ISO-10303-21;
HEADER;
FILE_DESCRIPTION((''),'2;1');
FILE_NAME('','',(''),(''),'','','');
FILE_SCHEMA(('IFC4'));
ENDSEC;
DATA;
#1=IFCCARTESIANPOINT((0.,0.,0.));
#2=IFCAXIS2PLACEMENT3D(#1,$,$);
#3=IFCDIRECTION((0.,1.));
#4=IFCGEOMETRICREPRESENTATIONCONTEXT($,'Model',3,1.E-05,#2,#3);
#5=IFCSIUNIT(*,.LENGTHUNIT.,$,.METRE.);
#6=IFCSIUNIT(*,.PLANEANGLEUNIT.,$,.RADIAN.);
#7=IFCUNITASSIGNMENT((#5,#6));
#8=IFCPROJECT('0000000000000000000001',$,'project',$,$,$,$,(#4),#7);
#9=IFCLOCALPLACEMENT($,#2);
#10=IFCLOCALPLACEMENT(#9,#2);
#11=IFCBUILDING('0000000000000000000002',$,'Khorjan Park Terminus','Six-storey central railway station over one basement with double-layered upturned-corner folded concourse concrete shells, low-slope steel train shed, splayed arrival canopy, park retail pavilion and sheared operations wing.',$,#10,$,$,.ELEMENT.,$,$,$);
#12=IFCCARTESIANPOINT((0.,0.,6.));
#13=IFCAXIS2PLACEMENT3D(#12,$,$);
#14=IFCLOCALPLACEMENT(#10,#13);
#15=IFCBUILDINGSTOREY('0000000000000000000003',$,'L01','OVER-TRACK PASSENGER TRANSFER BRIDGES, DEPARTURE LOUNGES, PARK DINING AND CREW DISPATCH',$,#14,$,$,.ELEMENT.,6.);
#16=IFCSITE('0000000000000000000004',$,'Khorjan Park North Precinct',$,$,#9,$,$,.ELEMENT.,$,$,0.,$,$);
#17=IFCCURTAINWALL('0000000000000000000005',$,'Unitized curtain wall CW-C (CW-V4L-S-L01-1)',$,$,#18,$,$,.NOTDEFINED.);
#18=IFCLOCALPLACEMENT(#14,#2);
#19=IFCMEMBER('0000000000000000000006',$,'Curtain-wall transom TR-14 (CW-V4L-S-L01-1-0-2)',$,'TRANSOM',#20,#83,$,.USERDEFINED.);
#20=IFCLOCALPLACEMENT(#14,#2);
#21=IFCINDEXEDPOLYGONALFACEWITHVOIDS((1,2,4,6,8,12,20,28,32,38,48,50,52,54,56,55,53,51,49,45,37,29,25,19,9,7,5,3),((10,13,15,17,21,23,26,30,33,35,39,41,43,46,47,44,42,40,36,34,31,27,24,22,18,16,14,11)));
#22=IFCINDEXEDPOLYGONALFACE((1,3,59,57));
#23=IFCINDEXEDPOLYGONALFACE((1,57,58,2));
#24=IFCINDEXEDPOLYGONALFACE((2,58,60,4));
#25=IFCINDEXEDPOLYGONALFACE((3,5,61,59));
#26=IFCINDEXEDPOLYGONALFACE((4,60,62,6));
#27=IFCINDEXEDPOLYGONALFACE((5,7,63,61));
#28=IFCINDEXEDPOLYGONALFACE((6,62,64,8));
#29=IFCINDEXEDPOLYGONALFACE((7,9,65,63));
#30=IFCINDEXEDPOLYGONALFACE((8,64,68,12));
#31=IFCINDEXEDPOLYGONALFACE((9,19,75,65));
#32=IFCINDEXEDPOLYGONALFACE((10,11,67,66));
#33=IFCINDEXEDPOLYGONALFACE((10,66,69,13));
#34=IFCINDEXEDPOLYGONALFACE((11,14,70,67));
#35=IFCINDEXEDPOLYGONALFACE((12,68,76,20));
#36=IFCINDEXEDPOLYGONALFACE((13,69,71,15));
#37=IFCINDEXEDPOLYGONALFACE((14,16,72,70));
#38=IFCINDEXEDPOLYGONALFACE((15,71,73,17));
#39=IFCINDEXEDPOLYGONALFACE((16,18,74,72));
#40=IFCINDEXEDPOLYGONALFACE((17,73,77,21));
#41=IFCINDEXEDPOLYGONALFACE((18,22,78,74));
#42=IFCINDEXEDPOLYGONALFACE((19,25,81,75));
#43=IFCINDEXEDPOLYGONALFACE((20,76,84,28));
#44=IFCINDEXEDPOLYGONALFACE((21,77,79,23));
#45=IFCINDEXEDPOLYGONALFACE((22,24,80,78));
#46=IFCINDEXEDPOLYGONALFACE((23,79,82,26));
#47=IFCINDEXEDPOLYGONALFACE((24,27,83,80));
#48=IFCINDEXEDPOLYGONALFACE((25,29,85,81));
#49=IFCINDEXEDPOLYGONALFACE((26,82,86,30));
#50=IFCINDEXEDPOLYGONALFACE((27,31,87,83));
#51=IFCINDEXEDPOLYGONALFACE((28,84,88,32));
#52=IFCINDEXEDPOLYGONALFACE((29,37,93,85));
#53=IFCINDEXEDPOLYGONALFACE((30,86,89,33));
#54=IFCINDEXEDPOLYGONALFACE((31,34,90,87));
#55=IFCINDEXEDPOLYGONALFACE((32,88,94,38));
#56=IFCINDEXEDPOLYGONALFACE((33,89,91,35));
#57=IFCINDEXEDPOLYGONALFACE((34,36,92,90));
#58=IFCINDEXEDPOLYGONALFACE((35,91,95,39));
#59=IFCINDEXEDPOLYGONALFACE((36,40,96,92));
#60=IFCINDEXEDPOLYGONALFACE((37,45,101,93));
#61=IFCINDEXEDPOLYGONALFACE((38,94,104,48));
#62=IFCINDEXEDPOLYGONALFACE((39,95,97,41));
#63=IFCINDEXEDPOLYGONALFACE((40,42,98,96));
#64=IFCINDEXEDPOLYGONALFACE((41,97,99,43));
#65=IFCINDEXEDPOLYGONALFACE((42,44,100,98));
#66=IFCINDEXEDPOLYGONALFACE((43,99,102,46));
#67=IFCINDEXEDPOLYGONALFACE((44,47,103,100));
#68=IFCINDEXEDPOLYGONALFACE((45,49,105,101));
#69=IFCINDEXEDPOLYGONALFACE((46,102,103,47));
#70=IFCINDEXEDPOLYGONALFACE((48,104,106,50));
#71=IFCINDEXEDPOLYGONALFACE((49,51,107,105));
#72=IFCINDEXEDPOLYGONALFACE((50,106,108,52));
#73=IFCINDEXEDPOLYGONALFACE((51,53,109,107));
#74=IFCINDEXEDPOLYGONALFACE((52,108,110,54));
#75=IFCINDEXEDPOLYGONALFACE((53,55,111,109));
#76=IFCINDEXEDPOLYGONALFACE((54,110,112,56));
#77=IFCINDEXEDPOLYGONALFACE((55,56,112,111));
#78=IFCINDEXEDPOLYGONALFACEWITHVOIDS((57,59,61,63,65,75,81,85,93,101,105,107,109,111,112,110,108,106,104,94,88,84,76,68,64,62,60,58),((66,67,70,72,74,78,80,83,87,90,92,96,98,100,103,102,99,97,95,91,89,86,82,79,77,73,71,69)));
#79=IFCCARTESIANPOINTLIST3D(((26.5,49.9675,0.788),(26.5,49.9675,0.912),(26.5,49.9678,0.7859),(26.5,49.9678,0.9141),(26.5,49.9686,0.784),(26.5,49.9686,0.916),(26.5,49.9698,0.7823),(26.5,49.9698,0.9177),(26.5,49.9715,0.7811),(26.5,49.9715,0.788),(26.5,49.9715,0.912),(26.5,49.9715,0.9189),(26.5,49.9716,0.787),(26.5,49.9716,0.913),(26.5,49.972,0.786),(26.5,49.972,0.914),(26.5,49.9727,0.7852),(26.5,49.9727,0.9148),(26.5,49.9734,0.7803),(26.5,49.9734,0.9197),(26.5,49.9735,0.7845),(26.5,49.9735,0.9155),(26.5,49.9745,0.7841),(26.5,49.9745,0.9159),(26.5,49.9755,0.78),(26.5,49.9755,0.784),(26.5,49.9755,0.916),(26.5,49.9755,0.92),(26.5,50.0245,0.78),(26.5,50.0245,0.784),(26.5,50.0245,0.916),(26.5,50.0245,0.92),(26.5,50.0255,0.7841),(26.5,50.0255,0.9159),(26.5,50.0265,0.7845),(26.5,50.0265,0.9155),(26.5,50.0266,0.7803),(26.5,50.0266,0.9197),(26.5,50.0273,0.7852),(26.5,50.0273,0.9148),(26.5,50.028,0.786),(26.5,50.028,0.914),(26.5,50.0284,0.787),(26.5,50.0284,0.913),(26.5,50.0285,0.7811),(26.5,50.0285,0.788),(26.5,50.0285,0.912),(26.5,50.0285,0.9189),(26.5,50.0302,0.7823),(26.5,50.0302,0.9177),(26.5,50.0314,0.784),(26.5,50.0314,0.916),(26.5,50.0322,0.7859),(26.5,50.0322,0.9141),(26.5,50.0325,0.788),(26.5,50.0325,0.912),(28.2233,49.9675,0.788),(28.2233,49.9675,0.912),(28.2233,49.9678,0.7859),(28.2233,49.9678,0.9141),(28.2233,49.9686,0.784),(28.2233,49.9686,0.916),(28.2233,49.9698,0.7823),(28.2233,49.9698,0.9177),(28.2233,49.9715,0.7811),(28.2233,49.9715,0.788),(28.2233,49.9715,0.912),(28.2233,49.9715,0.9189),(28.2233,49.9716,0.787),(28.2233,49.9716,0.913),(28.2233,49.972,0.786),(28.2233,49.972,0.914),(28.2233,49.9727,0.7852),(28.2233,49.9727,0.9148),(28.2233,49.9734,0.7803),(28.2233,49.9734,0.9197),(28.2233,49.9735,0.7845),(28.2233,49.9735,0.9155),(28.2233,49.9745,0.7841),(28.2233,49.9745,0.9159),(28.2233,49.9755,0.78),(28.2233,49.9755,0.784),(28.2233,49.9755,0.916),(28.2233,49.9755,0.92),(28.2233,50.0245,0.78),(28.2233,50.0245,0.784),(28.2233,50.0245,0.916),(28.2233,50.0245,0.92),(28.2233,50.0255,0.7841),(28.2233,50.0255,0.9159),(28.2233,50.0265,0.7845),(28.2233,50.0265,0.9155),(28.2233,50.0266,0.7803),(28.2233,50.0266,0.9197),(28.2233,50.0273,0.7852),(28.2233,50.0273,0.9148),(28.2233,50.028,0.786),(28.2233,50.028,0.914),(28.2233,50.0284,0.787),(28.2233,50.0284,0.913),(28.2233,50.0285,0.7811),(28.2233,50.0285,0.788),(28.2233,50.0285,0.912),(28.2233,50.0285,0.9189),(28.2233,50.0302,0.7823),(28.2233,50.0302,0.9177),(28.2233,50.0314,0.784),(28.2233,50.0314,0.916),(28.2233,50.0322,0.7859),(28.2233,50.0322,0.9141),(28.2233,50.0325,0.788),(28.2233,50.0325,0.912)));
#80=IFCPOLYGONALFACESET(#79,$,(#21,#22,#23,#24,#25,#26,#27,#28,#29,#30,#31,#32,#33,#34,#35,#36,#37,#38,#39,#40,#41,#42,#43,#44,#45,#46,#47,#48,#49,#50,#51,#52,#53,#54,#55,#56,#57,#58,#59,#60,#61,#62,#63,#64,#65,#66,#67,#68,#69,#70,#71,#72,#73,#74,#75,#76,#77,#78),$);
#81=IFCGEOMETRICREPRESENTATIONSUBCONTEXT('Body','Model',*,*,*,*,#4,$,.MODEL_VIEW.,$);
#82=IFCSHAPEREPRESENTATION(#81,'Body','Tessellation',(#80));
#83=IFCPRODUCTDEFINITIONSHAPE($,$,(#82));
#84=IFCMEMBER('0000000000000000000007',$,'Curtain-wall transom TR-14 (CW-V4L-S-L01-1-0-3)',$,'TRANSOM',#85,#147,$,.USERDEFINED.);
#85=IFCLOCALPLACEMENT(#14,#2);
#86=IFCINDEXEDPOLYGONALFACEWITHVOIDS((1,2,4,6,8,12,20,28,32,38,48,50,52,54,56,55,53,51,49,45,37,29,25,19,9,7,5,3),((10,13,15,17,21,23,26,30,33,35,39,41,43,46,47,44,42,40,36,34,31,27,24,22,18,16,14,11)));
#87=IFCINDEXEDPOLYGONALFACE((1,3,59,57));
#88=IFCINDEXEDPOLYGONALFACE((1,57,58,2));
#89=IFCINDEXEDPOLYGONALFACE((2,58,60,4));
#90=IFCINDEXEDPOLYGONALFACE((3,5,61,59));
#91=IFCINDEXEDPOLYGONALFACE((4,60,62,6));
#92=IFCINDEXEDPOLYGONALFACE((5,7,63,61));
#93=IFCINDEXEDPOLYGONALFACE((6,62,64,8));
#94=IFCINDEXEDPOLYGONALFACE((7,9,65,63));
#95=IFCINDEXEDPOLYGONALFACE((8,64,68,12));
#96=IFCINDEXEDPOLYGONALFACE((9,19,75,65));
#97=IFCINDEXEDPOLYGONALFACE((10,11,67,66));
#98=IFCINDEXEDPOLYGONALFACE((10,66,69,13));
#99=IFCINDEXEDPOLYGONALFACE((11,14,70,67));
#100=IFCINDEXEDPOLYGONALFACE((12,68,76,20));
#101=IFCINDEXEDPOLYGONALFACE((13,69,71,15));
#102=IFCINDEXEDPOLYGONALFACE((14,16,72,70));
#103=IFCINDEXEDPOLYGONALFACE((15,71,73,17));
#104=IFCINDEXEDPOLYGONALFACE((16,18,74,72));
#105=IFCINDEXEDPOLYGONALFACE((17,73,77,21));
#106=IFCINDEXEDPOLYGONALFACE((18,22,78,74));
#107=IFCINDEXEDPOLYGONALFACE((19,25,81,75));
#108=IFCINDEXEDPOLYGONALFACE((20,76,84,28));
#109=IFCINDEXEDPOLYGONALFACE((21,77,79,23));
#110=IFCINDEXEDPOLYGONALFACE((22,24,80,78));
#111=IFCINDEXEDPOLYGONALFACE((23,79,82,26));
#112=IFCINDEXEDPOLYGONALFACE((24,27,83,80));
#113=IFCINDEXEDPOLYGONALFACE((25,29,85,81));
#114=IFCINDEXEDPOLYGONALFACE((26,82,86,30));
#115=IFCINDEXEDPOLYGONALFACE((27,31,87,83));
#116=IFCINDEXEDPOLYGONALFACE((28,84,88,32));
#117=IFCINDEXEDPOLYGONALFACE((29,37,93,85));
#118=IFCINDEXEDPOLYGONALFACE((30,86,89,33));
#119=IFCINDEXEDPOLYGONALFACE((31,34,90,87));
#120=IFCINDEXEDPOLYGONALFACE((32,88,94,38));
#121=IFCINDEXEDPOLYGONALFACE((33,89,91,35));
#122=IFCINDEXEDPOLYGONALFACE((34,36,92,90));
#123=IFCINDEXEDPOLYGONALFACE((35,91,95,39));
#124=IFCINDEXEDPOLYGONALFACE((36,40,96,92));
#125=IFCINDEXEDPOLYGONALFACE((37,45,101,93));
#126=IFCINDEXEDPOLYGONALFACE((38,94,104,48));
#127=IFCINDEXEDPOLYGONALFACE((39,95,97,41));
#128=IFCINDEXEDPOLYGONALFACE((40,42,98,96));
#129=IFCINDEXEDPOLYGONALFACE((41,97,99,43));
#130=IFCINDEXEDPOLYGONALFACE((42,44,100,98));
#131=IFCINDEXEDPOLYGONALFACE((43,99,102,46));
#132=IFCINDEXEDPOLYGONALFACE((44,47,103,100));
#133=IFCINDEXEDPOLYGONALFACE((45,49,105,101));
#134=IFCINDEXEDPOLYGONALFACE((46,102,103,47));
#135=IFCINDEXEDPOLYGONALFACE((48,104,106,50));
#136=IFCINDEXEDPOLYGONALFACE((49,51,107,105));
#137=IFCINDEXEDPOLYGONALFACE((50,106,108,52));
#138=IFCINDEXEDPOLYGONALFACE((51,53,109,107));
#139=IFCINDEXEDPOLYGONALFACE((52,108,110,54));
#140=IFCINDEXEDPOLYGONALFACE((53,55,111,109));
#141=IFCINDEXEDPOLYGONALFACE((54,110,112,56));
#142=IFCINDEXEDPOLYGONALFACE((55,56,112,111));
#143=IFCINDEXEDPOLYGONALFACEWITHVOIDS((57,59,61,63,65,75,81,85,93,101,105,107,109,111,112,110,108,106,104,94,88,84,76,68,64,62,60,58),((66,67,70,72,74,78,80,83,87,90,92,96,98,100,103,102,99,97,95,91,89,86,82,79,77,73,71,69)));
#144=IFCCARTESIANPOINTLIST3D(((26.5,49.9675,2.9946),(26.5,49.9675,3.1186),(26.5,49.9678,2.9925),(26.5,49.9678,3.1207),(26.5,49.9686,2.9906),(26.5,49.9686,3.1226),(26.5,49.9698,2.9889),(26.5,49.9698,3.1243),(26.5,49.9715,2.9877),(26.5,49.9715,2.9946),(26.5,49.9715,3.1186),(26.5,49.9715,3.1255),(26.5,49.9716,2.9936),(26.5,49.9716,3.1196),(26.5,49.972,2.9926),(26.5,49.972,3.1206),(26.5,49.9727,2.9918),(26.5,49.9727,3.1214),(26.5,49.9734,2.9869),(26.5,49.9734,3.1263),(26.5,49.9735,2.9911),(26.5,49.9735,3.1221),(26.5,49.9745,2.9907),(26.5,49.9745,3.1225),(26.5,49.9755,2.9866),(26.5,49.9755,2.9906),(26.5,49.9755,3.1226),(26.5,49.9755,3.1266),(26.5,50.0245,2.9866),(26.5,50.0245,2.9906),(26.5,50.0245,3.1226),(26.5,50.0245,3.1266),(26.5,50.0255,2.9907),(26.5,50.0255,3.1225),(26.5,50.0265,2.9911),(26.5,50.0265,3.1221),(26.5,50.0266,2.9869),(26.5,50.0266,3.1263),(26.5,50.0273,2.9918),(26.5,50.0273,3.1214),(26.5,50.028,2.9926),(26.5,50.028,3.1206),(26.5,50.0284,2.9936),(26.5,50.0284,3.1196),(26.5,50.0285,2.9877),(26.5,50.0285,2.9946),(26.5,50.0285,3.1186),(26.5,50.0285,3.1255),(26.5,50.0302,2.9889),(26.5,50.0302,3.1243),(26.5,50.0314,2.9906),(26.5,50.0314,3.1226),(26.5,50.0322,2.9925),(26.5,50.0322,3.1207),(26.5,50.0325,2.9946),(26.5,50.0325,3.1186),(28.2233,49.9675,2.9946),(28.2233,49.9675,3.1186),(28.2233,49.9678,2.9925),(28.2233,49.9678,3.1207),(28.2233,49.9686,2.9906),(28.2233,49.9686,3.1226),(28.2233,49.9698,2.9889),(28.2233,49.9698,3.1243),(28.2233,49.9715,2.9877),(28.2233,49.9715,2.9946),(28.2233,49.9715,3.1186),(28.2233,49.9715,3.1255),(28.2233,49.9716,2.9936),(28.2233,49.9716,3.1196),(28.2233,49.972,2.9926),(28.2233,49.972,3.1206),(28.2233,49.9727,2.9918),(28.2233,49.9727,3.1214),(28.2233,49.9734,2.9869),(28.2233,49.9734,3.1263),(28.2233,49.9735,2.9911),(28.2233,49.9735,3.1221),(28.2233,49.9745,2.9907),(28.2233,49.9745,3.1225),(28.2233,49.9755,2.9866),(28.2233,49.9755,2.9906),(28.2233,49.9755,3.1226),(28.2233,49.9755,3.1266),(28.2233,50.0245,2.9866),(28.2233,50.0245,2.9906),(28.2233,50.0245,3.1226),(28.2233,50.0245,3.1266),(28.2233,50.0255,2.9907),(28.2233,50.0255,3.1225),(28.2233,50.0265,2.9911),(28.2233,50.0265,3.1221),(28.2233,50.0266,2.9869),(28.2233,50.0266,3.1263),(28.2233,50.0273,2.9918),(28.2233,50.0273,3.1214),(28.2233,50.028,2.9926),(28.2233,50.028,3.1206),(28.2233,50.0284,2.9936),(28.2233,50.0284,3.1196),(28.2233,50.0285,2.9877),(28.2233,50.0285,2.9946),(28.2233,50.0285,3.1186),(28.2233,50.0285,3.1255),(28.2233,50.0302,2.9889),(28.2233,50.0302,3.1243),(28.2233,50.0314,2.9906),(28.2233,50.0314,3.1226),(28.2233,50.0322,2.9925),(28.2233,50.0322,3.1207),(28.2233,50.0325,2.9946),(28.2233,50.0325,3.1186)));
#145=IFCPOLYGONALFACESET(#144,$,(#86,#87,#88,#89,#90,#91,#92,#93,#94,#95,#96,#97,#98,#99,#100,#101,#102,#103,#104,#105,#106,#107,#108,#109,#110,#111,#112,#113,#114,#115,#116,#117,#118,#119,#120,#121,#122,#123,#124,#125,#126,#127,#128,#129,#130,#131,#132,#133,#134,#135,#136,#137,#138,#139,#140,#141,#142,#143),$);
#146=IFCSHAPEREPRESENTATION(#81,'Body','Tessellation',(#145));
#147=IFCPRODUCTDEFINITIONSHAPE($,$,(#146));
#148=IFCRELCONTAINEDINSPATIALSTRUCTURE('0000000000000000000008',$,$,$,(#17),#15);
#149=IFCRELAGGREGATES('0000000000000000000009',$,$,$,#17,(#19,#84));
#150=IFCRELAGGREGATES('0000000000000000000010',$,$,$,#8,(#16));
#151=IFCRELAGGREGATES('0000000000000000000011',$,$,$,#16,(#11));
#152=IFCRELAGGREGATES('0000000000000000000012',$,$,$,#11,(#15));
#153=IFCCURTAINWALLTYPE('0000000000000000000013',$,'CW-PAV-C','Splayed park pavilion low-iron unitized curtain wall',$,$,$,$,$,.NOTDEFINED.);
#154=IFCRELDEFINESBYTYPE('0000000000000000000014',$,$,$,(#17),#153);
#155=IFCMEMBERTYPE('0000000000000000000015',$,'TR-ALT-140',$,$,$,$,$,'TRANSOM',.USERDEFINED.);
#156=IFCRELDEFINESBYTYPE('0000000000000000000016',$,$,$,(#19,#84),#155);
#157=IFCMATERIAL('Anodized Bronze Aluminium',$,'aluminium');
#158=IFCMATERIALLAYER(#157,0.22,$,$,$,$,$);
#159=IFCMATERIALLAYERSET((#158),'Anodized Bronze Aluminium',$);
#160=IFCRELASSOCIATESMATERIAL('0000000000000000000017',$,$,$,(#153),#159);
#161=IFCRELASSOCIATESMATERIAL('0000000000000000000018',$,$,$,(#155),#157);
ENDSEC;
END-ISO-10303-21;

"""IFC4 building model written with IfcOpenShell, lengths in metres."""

from ifc_helpers import new_model, si_unit, direction, frame, origin, origin_2d, place, context, subcontext, project, spatial, hollow_rectangle, extrude, material, layer, layer_set, material_profile, profile_set, type_object, element, aggregate, save


model = new_model("IFC4")

# Units and contexts
model_context = context("Model", 3, precision=1e-05, world=origin(), true_north=direction((0.0, 1.0)))
body_context = subcontext(model_context, "Body", "Model", "MODEL_VIEW")
ifc_project = project(units=[si_unit("LENGTHUNIT", "METRE"), si_unit("PLANEANGLEUNIT", "RADIAN")], contexts=[model_context])

# Site, building, storey
site_placement = place(None, origin())
site = spatial("IfcSite", under=ifc_project, at=site_placement, Name="Khorjan Park North Precinct", CompositionType="ELEMENT", RefElevation=0.0)
building_placement = place(site_placement, origin())
building = spatial("IfcBuilding", under=site, at=building_placement, Name="Khorjan Park Terminus", Description="Six-storey central railway station over one basement with double-layered upturned-corner folded concourse concrete shells, low-slope steel train shed, splayed arrival canopy, park retail pavilion and sheared operations wing.", CompositionType="ELEMENT")
storey_placement = place(building_placement, frame((0.0, 0.0, 6.0)))
storey = spatial("IfcBuildingStorey", under=building, at=storey_placement, Name="L01", Description="OVER-TRACK PASSENGER TRANSFER BRIDGES, DEPARTURE LOUNGES, PARK DINING AND CREW DISPATCH", CompositionType="ELEMENT", Elevation=6.0)

# Curtain wall
ifc_material_1 = material(Name="Anodized Bronze Aluminium", Category="aluminium")
ifc_layer_1 = layer(ifc_material_1, 0.22)
ifc_layer_set_1 = layer_set([ifc_layer_1], Name="Anodized Bronze Aluminium")
curtain_wall_type = type_object("IfcCurtainWallType", Name="CW-PAV-C", Description="Splayed park pavilion low-iron unitized curtain wall", PredefinedType="NOTDEFINED", material=ifc_layer_set_1)
curtain_wall_1_placement = place(storey_placement, origin())
curtain_wall_1 = element("IfcCurtainWall", 1, at=curtain_wall_1_placement, inside=storey, type_object=curtain_wall_type, Name="Unitized curtain wall CW-C (CW-V4L-S-L01-1)", PredefinedType="NOTDEFINED")

# Members
ifc_material_profile_1 = material_profile(ifc_material_1, hollow_rectangle(XDim=0.065, YDim=0.14, WallThickness=0.004, InnerFilletRadius=0.004, OuterFilletRadius=0.008, at=origin_2d()), Name="ALT 65x140x4")
ifc_profile_set_1 = profile_set([ifc_material_profile_1], Name="Anodized Bronze Aluminium")
member_type_1 = type_object("IfcMemberType", Name="TR-ALT-140", ElementType="TRANSOM", PredefinedType="USERDEFINED", material=ifc_profile_set_1)
member_1_placement = place(storey_placement, frame((26.5, 50.0, 0.85), z_axis=(1.0, 0.0, 0.0), x_axis=(0.0, 1.0, 0.0)))
member_1 = element("IfcMember", 2, at=member_1_placement, type_object=member_type_1, Name="Curtain-wall transom TR-14 (CW-V4L-S-L01-1-0-2)", ObjectType="TRANSOM", PredefinedType="USERDEFINED", context=body_context, shape_type="SweptSolid", body=[
    extrude(hollow_rectangle(XDim=0.065, YDim=0.14, WallThickness=0.004, InnerFilletRadius=0.004, OuterFilletRadius=0.008, at=origin_2d()), origin(), (0.0, 0.0, 1.0), 1.7233),
])
member_2_placement = place(storey_placement, frame((26.5, 50.0, 3.0566), z_axis=(1.0, 0.0, 0.0), x_axis=(0.0, 1.0, 0.0)))
member_2 = element("IfcMember", 3, at=member_2_placement, type_object=member_type_1, Name="Curtain-wall transom TR-14 (CW-V4L-S-L01-1-0-3)", ObjectType="TRANSOM", PredefinedType="USERDEFINED", context=body_context, shape_type="SweptSolid", body=[
    extrude(hollow_rectangle(XDim=0.065, YDim=0.14, WallThickness=0.004, InnerFilletRadius=0.004, OuterFilletRadius=0.008, at=origin_2d()), origin(), (0.0, 0.0, 1.0), 1.7233),
])

aggregate(curtain_wall_1, [member_1, member_2])

save(model, "model.ifc")
